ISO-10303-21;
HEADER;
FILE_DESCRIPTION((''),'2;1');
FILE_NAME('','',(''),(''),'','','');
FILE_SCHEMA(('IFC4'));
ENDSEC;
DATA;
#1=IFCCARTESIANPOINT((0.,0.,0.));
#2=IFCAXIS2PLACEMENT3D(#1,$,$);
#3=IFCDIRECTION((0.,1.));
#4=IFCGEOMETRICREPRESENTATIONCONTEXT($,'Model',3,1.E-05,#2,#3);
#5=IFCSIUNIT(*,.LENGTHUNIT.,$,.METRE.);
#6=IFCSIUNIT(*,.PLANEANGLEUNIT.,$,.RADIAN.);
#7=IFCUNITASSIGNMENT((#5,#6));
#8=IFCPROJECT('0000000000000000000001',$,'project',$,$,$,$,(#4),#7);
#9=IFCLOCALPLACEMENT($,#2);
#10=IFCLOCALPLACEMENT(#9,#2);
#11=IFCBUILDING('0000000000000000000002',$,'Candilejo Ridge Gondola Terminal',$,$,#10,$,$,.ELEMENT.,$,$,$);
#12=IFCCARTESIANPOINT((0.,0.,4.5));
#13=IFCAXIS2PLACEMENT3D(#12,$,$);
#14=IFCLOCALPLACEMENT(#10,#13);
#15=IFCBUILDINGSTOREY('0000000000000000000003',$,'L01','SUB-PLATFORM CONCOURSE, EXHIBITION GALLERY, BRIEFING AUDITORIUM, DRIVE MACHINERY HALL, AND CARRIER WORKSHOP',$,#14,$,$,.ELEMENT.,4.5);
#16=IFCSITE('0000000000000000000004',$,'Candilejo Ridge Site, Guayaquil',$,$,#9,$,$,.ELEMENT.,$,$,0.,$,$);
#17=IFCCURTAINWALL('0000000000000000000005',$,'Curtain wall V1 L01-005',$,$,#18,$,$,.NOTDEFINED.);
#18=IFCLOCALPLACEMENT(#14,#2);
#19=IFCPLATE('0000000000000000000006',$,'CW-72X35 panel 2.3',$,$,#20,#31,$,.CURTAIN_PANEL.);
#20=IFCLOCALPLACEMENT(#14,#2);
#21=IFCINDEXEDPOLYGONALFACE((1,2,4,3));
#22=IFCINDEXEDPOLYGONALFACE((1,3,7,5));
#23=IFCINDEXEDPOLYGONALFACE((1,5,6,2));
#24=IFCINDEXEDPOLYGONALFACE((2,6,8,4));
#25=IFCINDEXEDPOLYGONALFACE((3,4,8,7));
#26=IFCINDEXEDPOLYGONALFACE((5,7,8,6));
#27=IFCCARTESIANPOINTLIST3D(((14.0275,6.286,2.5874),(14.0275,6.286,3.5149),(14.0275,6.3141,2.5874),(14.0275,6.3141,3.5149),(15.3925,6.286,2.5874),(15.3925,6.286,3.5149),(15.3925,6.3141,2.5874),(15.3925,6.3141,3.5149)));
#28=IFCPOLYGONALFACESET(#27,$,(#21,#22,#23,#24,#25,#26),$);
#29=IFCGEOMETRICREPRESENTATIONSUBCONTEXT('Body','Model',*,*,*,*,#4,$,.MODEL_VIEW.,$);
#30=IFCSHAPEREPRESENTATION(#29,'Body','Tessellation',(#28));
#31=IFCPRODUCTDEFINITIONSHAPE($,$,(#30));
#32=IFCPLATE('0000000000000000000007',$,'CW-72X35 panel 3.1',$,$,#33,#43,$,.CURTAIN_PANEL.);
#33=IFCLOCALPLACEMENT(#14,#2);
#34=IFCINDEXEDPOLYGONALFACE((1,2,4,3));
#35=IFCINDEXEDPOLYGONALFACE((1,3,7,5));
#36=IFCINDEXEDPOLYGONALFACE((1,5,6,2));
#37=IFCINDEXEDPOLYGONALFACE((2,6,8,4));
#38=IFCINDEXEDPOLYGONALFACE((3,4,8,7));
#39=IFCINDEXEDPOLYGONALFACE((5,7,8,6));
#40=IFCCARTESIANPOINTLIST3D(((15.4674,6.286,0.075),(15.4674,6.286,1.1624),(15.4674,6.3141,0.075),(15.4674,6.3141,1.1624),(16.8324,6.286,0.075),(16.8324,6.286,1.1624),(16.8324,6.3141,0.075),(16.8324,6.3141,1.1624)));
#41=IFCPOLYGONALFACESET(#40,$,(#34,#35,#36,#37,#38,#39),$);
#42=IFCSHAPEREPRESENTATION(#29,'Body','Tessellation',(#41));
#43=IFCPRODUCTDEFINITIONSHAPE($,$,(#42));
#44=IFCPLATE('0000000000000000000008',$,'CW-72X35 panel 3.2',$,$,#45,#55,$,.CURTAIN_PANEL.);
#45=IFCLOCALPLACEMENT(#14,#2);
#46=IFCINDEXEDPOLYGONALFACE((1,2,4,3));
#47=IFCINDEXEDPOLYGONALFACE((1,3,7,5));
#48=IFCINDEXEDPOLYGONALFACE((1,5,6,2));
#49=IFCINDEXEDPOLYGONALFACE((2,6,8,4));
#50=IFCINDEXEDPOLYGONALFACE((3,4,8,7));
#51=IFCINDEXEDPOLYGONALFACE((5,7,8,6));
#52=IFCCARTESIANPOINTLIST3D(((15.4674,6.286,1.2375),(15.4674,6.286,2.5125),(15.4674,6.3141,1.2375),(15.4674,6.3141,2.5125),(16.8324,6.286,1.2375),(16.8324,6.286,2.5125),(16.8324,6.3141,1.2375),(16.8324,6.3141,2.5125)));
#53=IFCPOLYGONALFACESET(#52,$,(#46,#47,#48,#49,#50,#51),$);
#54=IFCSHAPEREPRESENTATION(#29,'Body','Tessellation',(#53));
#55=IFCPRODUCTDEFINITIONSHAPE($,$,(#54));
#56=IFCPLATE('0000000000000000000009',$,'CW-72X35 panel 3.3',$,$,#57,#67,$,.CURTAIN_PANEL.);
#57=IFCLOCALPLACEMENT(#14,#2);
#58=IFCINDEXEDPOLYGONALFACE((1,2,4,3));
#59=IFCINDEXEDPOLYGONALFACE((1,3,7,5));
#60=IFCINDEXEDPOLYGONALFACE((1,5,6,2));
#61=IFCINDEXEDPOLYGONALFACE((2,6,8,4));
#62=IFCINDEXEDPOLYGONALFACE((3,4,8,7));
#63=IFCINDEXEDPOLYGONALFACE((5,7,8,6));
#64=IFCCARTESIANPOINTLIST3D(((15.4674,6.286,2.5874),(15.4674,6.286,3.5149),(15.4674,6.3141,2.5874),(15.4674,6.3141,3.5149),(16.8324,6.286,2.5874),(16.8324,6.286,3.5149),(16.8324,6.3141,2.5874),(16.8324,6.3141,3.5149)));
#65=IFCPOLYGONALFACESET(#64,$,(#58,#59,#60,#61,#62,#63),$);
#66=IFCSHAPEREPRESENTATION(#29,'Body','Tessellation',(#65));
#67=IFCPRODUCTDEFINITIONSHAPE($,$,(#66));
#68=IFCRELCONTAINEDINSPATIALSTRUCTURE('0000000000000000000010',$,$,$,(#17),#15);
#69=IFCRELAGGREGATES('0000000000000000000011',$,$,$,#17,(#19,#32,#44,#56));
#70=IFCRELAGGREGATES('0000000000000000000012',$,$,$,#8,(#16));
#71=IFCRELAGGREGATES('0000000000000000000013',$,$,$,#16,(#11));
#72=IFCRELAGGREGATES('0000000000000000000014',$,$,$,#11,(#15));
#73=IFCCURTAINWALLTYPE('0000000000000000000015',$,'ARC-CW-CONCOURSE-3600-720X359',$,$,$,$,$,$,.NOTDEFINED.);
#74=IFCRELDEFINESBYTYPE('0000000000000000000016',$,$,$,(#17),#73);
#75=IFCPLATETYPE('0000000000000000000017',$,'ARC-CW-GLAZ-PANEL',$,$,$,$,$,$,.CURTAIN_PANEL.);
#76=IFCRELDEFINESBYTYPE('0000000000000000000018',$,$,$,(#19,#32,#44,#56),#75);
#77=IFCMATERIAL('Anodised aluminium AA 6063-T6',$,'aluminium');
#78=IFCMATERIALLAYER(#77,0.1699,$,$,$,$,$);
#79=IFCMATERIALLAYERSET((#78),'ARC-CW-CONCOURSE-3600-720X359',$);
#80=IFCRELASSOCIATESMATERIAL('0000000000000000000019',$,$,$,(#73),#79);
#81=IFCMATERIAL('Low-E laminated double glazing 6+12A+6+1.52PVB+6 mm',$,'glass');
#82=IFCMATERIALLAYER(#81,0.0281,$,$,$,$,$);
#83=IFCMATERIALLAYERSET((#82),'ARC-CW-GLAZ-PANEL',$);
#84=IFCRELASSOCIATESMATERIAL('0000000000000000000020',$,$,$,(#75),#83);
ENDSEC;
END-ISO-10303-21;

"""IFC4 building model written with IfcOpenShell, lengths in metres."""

from ifc_helpers import new_model, si_unit, direction, frame, origin, origin_2d, place, context, subcontext, project, spatial, rectangle, extrude, material, layer, layer_set, type_object, element, aggregate, save


model = new_model("IFC4")

# Units and contexts
model_context = context("Model", 3, precision=1e-05, world=origin(), true_north=direction((0.0, 1.0)))
body_context = subcontext(model_context, "Body", "Model", "MODEL_VIEW")
ifc_project = project(units=[si_unit("LENGTHUNIT", "METRE"), si_unit("PLANEANGLEUNIT", "RADIAN")], contexts=[model_context])

# Site, building, storey
site_placement = place(None, origin())
site = spatial("IfcSite", under=ifc_project, at=site_placement, Name="Candilejo Ridge Site, Guayaquil", CompositionType="ELEMENT", RefElevation=0.0)
building_placement = place(site_placement, origin())
building = spatial("IfcBuilding", under=site, at=building_placement, Name="Candilejo Ridge Gondola Terminal", CompositionType="ELEMENT")
storey_placement = place(building_placement, frame((0.0, 0.0, 4.5)))
storey = spatial("IfcBuildingStorey", under=building, at=storey_placement, Name="L01", Description="SUB-PLATFORM CONCOURSE, EXHIBITION GALLERY, BRIEFING AUDITORIUM, DRIVE MACHINERY HALL, AND CARRIER WORKSHOP", CompositionType="ELEMENT", Elevation=4.5)

# Curtain wall
ifc_material_1 = material(Name="Anodised aluminium AA 6063-T6", Category="aluminium")
ifc_layer_1 = layer(ifc_material_1, 0.1699)
ifc_layer_set_1 = layer_set([ifc_layer_1], Name="ARC-CW-CONCOURSE-3600-720X359")
curtain_wall_type = type_object("IfcCurtainWallType", Name="ARC-CW-CONCOURSE-3600-720X359", PredefinedType="NOTDEFINED", material=ifc_layer_set_1)
curtain_wall_placement = place(storey_placement, origin())
curtain_wall = element("IfcCurtainWall", 1, at=curtain_wall_placement, inside=storey, type_object=curtain_wall_type, Name="Curtain wall V1 L01-005", PredefinedType="NOTDEFINED")

# Plates
ifc_material_2 = material(Name="Low-E laminated double glazing 6+12A+6+1.52PVB+6 mm", Category="glass")
ifc_layer_2 = layer(ifc_material_2, 0.0281)
ifc_layer_set_2 = layer_set([ifc_layer_2], Name="ARC-CW-GLAZ-PANEL")
plate_type = type_object("IfcPlateType", Name="ARC-CW-GLAZ-PANEL", PredefinedType="CURTAIN_PANEL", material=ifc_layer_set_2)
plate_1_placement = place(storey_placement, frame((14.71, 6.3, 2.5874), z_axis=(0.0, 0.0, 1.0), x_axis=(1.0, 0.0, 0.0)))
plate_1 = element("IfcPlate", 2, at=plate_1_placement, type_object=plate_type, Name="CW-72X35 panel 2.3", PredefinedType="CURTAIN_PANEL", context=body_context, shape_type="SweptSolid", body=[
    extrude(rectangle(XDim=1.365, YDim=0.0281, at=origin_2d()), origin(), (0.0, 0.0, 1.0), 0.9275),
])
plate_2_placement = place(storey_placement, frame((16.1499, 6.3, 0.075), z_axis=(0.0, 0.0, 1.0), x_axis=(1.0, 0.0, 0.0)))
plate_2 = element("IfcPlate", 3, at=plate_2_placement, type_object=plate_type, Name="CW-72X35 panel 3.1", PredefinedType="CURTAIN_PANEL", context=body_context, shape_type="SweptSolid", body=[
    extrude(rectangle(XDim=1.365, YDim=0.0281, at=origin_2d()), origin(), (0.0, 0.0, 1.0), 1.0874),
])
plate_3_placement = place(storey_placement, frame((16.1499, 6.3, 1.2375), z_axis=(0.0, 0.0, 1.0), x_axis=(1.0, 0.0, 0.0)))
plate_3 = element("IfcPlate", 4, at=plate_3_placement, type_object=plate_type, Name="CW-72X35 panel 3.2", PredefinedType="CURTAIN_PANEL", context=body_context, shape_type="SweptSolid", body=[
    extrude(rectangle(XDim=1.365, YDim=0.0281, at=origin_2d()), origin(), (0.0, 0.0, 1.0), 1.2749),
])
plate_4_placement = place(storey_placement, frame((16.1499, 6.3, 2.5874), z_axis=(0.0, 0.0, 1.0), x_axis=(1.0, 0.0, 0.0)))
plate_4 = element("IfcPlate", 5, at=plate_4_placement, type_object=plate_type, Name="CW-72X35 panel 3.3", PredefinedType="CURTAIN_PANEL", context=body_context, shape_type="SweptSolid", body=[
    extrude(rectangle(XDim=1.365, YDim=0.0281, at=origin_2d()), origin(), (0.0, 0.0, 1.0), 0.9275),
])
aggregate(curtain_wall, [plate_1, plate_2, plate_3, plate_4])

save(model, "model.ifc")
